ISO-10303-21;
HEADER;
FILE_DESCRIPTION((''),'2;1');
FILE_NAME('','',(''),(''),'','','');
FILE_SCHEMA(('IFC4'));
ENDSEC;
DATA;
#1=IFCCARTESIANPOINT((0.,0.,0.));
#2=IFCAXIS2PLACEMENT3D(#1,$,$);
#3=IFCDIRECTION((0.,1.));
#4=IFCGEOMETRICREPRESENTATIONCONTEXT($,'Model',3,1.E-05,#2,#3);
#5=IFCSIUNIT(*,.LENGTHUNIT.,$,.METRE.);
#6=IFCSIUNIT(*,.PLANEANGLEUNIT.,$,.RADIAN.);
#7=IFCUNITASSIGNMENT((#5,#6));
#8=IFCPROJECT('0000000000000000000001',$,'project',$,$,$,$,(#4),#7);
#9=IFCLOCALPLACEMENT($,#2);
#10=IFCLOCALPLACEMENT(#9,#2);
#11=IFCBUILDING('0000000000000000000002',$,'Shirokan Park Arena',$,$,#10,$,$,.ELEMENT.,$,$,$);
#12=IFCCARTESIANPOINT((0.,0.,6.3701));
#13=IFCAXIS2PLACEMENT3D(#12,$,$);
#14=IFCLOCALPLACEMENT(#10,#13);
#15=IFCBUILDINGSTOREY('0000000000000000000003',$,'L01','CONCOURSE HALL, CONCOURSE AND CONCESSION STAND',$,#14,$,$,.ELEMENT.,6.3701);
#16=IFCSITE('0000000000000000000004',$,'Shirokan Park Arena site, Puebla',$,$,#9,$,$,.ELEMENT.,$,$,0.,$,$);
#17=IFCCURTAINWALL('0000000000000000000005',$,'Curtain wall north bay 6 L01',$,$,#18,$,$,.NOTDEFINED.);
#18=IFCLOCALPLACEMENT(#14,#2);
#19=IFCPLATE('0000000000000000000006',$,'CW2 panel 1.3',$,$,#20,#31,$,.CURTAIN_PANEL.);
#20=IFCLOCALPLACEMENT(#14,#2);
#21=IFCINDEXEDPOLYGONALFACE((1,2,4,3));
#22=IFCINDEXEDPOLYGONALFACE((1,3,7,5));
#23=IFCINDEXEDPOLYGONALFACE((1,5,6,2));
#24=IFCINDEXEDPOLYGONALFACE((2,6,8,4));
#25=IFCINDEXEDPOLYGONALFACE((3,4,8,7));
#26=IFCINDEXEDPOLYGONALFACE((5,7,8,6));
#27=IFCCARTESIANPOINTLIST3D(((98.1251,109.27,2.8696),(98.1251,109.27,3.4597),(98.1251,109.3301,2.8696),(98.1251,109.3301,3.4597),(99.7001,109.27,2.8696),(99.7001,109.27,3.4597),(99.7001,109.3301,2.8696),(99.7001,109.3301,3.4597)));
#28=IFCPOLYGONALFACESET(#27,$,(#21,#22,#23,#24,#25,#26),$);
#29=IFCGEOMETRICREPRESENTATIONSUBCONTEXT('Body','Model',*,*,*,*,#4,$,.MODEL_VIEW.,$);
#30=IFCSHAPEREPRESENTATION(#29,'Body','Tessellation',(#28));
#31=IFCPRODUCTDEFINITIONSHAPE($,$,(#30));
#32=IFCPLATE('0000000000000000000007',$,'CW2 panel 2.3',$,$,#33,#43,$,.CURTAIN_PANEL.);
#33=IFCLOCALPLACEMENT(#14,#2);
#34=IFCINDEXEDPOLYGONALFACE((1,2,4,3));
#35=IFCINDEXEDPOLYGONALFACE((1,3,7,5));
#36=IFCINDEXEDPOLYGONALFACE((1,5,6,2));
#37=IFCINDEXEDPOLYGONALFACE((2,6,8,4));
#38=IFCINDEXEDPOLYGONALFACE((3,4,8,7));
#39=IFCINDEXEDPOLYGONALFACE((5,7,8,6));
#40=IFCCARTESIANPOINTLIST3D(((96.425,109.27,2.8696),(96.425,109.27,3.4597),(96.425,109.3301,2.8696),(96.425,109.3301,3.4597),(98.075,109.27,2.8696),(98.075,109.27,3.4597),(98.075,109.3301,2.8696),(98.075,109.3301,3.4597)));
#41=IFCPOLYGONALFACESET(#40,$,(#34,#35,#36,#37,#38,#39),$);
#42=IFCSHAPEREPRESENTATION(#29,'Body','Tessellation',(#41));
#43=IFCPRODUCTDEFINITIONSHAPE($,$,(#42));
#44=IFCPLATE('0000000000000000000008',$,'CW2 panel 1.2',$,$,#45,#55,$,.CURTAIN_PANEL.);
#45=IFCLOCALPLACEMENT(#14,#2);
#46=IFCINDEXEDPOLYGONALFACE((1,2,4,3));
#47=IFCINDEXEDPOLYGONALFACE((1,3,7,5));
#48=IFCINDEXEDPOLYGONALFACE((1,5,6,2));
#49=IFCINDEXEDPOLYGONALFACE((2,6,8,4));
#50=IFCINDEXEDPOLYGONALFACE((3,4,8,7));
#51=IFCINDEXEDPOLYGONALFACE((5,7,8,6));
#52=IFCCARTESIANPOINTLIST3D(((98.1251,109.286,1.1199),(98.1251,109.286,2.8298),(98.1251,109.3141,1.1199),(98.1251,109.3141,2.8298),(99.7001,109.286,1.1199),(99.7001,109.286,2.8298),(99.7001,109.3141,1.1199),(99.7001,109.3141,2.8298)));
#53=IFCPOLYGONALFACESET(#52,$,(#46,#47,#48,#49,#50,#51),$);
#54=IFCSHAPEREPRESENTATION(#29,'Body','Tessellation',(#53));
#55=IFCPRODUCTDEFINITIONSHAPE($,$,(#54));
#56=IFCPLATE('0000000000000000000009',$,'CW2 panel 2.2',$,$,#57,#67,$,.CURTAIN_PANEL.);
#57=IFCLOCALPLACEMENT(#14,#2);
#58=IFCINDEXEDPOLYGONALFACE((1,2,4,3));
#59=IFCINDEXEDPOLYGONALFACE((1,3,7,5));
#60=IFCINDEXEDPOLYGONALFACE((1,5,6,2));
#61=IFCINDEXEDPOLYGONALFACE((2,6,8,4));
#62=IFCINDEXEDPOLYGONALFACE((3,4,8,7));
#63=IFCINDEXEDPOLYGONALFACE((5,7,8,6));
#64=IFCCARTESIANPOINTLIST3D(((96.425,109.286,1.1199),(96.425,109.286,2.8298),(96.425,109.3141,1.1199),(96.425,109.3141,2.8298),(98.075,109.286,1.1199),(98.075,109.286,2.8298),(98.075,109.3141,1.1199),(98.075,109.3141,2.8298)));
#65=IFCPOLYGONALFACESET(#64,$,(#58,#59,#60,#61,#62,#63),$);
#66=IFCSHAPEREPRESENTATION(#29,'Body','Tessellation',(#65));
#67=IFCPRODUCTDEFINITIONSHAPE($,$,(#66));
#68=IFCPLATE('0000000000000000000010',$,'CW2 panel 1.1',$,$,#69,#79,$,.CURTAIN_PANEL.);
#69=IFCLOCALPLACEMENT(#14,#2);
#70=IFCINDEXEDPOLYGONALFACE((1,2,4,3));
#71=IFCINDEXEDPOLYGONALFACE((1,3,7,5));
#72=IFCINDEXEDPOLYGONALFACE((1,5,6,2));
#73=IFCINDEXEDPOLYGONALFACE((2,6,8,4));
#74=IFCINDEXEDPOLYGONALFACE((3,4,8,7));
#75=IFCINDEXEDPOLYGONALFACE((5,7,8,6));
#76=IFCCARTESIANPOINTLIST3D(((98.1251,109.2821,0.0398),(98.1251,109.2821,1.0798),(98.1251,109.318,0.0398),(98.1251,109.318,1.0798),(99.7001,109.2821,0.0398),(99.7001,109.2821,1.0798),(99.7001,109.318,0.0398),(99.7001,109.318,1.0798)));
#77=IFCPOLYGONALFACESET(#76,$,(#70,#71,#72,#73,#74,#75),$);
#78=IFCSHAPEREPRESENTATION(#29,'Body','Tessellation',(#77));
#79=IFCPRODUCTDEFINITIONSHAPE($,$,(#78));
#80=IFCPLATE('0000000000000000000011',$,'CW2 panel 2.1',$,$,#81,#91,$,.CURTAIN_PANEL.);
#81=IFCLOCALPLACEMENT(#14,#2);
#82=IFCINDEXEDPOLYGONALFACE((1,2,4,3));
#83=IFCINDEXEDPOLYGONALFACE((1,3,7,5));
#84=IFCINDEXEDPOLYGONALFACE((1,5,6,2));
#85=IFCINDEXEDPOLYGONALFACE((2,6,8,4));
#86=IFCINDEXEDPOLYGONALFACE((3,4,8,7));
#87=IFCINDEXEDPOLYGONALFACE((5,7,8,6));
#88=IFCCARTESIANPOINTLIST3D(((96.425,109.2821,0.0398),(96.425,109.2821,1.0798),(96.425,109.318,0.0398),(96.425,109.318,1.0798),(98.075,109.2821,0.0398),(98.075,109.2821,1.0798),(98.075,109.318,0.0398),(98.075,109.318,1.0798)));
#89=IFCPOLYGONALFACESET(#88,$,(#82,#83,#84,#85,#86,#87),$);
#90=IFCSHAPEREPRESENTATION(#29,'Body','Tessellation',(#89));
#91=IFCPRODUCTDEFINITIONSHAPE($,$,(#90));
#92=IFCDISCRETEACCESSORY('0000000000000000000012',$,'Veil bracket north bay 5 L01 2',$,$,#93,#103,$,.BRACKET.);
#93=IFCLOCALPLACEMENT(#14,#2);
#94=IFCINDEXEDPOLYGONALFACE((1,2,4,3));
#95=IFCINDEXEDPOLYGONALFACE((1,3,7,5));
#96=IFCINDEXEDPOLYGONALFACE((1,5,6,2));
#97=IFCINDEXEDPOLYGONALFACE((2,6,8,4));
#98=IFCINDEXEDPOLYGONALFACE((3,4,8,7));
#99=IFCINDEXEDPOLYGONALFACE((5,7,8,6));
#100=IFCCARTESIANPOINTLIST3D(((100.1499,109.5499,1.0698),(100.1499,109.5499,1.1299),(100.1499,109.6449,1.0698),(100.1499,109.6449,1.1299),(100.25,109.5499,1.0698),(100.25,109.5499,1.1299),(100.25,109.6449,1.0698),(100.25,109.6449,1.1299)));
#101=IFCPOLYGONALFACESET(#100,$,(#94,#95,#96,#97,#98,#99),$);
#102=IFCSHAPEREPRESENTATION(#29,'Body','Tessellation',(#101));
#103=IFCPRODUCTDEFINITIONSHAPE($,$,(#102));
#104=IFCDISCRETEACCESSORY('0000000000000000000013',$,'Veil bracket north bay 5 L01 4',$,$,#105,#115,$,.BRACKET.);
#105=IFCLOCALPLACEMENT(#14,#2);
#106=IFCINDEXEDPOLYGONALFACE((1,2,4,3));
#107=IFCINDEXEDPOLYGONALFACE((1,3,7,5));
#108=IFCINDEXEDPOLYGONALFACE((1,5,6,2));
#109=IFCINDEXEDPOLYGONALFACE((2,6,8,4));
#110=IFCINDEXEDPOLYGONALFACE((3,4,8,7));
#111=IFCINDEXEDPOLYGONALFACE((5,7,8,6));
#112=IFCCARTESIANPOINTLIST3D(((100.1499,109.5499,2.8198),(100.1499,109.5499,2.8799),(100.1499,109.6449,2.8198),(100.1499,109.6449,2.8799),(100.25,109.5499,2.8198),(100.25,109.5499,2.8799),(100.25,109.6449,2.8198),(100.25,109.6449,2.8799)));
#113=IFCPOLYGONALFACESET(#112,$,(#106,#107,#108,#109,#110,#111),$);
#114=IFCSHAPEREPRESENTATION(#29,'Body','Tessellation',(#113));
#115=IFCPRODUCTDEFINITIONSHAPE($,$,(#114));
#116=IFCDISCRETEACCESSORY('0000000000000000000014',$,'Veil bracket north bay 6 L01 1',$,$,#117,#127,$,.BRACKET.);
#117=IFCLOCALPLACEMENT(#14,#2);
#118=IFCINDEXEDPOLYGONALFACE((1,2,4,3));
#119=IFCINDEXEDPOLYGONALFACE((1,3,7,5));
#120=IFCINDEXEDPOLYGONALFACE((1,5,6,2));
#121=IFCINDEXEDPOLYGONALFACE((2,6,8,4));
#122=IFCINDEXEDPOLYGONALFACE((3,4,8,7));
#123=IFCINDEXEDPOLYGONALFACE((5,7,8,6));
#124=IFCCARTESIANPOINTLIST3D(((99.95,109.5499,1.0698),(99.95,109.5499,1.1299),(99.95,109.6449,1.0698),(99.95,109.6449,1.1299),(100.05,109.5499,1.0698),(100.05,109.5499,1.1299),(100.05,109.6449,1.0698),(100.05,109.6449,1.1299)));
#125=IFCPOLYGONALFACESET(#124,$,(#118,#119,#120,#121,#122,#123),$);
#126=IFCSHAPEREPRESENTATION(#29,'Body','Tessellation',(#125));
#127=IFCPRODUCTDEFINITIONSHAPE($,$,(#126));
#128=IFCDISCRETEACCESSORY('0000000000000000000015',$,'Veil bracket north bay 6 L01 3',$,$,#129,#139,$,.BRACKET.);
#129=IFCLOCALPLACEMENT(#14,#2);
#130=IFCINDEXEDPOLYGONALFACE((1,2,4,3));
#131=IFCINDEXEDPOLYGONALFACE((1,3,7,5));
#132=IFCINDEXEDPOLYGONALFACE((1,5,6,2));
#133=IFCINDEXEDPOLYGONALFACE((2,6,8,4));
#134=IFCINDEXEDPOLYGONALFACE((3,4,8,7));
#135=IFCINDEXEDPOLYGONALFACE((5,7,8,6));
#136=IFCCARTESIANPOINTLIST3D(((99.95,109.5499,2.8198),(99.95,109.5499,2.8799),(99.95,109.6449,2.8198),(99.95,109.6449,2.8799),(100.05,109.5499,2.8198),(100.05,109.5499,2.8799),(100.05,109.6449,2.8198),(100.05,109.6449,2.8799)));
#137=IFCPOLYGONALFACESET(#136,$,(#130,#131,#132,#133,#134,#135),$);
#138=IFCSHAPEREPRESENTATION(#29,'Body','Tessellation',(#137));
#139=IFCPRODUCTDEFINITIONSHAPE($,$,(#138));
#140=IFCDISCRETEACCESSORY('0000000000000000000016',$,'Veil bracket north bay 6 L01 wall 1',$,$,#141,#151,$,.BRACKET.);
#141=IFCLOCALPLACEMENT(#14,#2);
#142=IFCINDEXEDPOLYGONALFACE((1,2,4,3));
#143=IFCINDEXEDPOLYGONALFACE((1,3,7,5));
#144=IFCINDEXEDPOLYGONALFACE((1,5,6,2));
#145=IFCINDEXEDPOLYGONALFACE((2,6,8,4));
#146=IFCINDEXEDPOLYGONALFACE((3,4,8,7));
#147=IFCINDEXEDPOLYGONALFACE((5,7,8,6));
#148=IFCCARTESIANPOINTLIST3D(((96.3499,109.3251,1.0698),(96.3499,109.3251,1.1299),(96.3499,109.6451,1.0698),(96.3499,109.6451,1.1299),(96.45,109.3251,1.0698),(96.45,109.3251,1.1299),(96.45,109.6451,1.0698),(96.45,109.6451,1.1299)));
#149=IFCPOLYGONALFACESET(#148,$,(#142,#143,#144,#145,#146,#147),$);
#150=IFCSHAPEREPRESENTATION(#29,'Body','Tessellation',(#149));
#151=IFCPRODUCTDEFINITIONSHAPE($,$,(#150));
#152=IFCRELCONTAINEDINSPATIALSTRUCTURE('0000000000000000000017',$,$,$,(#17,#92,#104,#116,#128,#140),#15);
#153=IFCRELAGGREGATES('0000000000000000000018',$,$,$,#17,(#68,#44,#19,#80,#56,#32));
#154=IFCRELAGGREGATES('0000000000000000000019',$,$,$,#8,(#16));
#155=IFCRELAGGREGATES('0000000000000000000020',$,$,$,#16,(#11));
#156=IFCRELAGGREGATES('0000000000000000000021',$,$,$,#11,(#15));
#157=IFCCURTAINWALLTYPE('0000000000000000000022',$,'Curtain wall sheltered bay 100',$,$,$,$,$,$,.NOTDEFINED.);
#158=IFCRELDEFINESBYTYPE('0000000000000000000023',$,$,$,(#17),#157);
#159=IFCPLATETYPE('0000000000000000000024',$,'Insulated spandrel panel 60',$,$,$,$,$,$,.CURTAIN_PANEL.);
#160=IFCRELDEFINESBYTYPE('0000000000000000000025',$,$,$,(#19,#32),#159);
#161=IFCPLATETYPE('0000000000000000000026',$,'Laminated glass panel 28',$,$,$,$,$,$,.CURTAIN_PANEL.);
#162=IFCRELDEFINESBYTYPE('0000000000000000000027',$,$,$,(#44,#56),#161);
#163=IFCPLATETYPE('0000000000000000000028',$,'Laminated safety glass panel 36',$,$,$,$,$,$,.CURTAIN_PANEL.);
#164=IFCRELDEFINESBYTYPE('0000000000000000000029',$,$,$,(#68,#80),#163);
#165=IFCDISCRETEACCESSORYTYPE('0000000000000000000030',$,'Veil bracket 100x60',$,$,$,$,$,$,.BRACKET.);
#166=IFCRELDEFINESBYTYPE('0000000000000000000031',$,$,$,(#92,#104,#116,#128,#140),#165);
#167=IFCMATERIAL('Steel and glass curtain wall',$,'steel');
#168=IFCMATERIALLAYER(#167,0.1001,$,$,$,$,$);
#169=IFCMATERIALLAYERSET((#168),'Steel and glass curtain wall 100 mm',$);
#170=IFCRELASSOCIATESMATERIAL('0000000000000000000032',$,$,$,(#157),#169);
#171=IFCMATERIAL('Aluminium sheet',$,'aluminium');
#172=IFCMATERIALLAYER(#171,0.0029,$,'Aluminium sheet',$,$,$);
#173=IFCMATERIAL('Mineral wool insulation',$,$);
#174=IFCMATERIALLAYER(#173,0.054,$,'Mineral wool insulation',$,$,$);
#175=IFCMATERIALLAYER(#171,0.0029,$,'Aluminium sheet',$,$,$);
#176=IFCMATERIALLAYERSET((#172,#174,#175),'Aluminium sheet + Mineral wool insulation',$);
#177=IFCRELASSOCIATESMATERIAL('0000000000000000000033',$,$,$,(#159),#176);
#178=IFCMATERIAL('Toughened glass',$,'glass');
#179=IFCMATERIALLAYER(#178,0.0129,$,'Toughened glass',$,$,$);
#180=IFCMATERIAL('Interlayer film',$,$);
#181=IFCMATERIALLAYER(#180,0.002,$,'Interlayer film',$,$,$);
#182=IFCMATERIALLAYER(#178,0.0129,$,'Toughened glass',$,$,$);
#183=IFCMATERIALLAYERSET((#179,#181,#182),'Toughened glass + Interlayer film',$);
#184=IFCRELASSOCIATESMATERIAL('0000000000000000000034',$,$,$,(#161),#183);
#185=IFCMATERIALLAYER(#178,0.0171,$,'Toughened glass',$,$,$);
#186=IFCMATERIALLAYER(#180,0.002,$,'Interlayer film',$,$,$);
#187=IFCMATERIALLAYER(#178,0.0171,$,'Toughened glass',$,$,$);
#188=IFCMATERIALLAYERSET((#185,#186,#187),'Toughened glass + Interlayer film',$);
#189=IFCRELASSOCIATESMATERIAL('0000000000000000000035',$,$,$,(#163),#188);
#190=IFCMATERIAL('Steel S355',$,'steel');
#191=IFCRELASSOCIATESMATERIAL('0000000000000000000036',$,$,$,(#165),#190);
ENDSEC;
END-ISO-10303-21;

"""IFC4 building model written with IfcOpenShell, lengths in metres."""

from ifc_helpers import new_model, si_unit, direction, frame, origin, origin_2d, place, context, subcontext, project, spatial, rectangle, extrude, material, layer, layer_set, type_object, element, aggregate, save


model = new_model("IFC4")

# Units and contexts
model_context = context("Model", 3, precision=1e-05, world=origin(), true_north=direction((0.0, 1.0)))
body_context = subcontext(model_context, "Body", "Model", "MODEL_VIEW")
ifc_project = project(units=[si_unit("LENGTHUNIT", "METRE"), si_unit("PLANEANGLEUNIT", "RADIAN")], contexts=[model_context])

# Site, building, storey
site_placement = place(None, origin())
site = spatial("IfcSite", under=ifc_project, at=site_placement, Name="Shirokan Park Arena site, Puebla", CompositionType="ELEMENT", RefElevation=0.0)
building_placement = place(site_placement, origin())
building = spatial("IfcBuilding", under=site, at=building_placement, Name="Shirokan Park Arena", CompositionType="ELEMENT")
storey_placement = place(building_placement, frame((0.0, 0.0, 6.3701)))
storey = spatial("IfcBuildingStorey", under=building, at=storey_placement, Name="L01", Description="CONCOURSE HALL, CONCOURSE AND CONCESSION STAND", CompositionType="ELEMENT", Elevation=6.3701)

# Shared definitions
ifc_material_1 = material(Name="Steel and glass curtain wall", Category="steel")
ifc_layer_1 = layer(ifc_material_1, 0.1001)
ifc_layer_set_1 = layer_set([ifc_layer_1], Name="Steel and glass curtain wall 100 mm")
curtain_wall_type = type_object("IfcCurtainWallType", Name="Curtain wall sheltered bay 100", PredefinedType="NOTDEFINED", material=ifc_layer_set_1)
ifc_material_2 = material(Name="Steel S355", Category="steel")

# Curtain wall, plates
curtain_wall_1_placement = place(storey_placement, origin())
curtain_wall_1 = element("IfcCurtainWall", 1, at=curtain_wall_1_placement, inside=storey, type_object=curtain_wall_type, Name="Curtain wall north bay 6 L01", PredefinedType="NOTDEFINED")
ifc_material_3 = material(Name="Aluminium sheet", Category="aluminium")
ifc_layer_2 = layer(ifc_material_3, 0.0029, Name="Aluminium sheet")
ifc_material_4 = material(Name="Mineral wool insulation")
ifc_layer_3 = layer(ifc_material_4, 0.054, Name="Mineral wool insulation")
ifc_layer_4 = layer(ifc_material_3, 0.0029, Name="Aluminium sheet")
ifc_layer_set_2 = layer_set([ifc_layer_2, ifc_layer_3, ifc_layer_4], Name="Aluminium sheet + Mineral wool insulation")
plate_type_1 = type_object("IfcPlateType", Name="Insulated spandrel panel 60", PredefinedType="CURTAIN_PANEL", material=ifc_layer_set_2)
plate_1_placement = place(storey_placement, frame((98.9126, 109.3, 2.8696), z_axis=(0.0, 0.0, 1.0), x_axis=(-1.0, 0.0, 0.0)))
plate_1 = element("IfcPlate", 2, at=plate_1_placement, type_object=plate_type_1, Name="CW2 panel 1.3", PredefinedType="CURTAIN_PANEL", context=body_context, shape_type="SweptSolid", body=[
    extrude(rectangle(XDim=1.575, YDim=0.0601, at=origin_2d()), origin(), (0.0, 0.0, 1.0), 0.5901),
])
plate_2_placement = place(storey_placement, frame((97.25, 109.3, 2.8696), z_axis=(0.0, 0.0, 1.0), x_axis=(-1.0, 0.0, 0.0)))
plate_2 = element("IfcPlate", 3, at=plate_2_placement, type_object=plate_type_1, Name="CW2 panel 2.3", PredefinedType="CURTAIN_PANEL", context=body_context, shape_type="SweptSolid", body=[
    extrude(rectangle(XDim=1.6499, YDim=0.0601, at=origin_2d()), origin(), (0.0, 0.0, 1.0), 0.5901),
])
ifc_material_5 = material(Name="Toughened glass", Category="glass")
ifc_layer_5 = layer(ifc_material_5, 0.0129, Name="Toughened glass")
ifc_material_6 = material(Name="Interlayer film")
ifc_layer_6 = layer(ifc_material_6, 0.002, Name="Interlayer film")
ifc_layer_7 = layer(ifc_material_5, 0.0129, Name="Toughened glass")
ifc_layer_set_3 = layer_set([ifc_layer_5, ifc_layer_6, ifc_layer_7], Name="Toughened glass + Interlayer film")
plate_type_2 = type_object("IfcPlateType", Name="Laminated glass panel 28", PredefinedType="CURTAIN_PANEL", material=ifc_layer_set_3)
plate_3_placement = place(storey_placement, frame((98.9126, 109.3, 1.1199), z_axis=(0.0, 0.0, 1.0), x_axis=(-1.0, 0.0, 0.0)))
plate_3 = element("IfcPlate", 4, at=plate_3_placement, type_object=plate_type_2, Name="CW2 panel 1.2", PredefinedType="CURTAIN_PANEL", context=body_context, shape_type="SweptSolid", body=[
    extrude(rectangle(XDim=1.575, YDim=0.0281, at=origin_2d()), origin(), (0.0, 0.0, 1.0), 1.71),
])
plate_4_placement = place(storey_placement, frame((97.25, 109.3, 1.1199), z_axis=(0.0, 0.0, 1.0), x_axis=(-1.0, 0.0, 0.0)))
plate_4 = element("IfcPlate", 5, at=plate_4_placement, type_object=plate_type_2, Name="CW2 panel 2.2", PredefinedType="CURTAIN_PANEL", context=body_context, shape_type="SweptSolid", body=[
    extrude(rectangle(XDim=1.6499, YDim=0.0281, at=origin_2d()), origin(), (0.0, 0.0, 1.0), 1.71),
])
ifc_layer_8 = layer(ifc_material_5, 0.0171, Name="Toughened glass")
ifc_layer_9 = layer(ifc_material_6, 0.002, Name="Interlayer film")
ifc_layer_10 = layer(ifc_material_5, 0.0171, Name="Toughened glass")
ifc_layer_set_4 = layer_set([ifc_layer_8, ifc_layer_9, ifc_layer_10], Name="Toughened glass + Interlayer film")
plate_type_3 = type_object("IfcPlateType", Name="Laminated safety glass panel 36", PredefinedType="CURTAIN_PANEL", material=ifc_layer_set_4)
plate_5_placement = place(storey_placement, frame((98.9126, 109.3, 0.0398), z_axis=(0.0, 0.0, 1.0), x_axis=(-1.0, 0.0, 0.0)))
plate_5 = element("IfcPlate", 6, at=plate_5_placement, type_object=plate_type_3, Name="CW2 panel 1.1", PredefinedType="CURTAIN_PANEL", context=body_context, shape_type="SweptSolid", body=[
    extrude(rectangle(XDim=1.575, YDim=0.0359, at=origin_2d()), origin(), (0.0, 0.0, 1.0), 1.04),
])
plate_6_placement = place(storey_placement, frame((97.25, 109.3, 0.0398), z_axis=(0.0, 0.0, 1.0), x_axis=(-1.0, 0.0, 0.0)))
plate_6 = element("IfcPlate", 7, at=plate_6_placement, type_object=plate_type_3, Name="CW2 panel 2.1", PredefinedType="CURTAIN_PANEL", context=body_context, shape_type="SweptSolid", body=[
    extrude(rectangle(XDim=1.6499, YDim=0.0359, at=origin_2d()), origin(), (0.0, 0.0, 1.0), 1.04),
])
aggregate(curtain_wall_1, [plate_5, plate_3, plate_1, plate_6, plate_4, plate_2])

# Discrete accessories
discrete_accessory_type = type_object("IfcDiscreteAccessoryType", Name="Veil bracket 100x60", PredefinedType="BRACKET", material=ifc_material_2)
for number, where, z_axis, x_axis, name in (
    (8, (100.2, 109.5974, 1.0698), (0.0, 0.0, 1.0), (-1.0, 0.0, 0.0), "Veil bracket north bay 5 L01 2"),
    (9, (100.2, 109.5974, 2.8198), (0.0, 0.0, 1.0), (-1.0, 0.0, 0.0), "Veil bracket north bay 5 L01 4"),
    (10, (100.0, 109.5974, 1.0698), (0.0, 0.0, 1.0), (-1.0, 0.0, 0.0), "Veil bracket north bay 6 L01 1"),
    (11, (100.0, 109.5974, 2.8198), (0.0, 0.0, 1.0), (-1.0, 0.0, 0.0), "Veil bracket north bay 6 L01 3"),
):
    element("IfcDiscreteAccessory", number, at=place(storey_placement, frame(where, z_axis=z_axis, x_axis=x_axis)), inside=storey, type_object=discrete_accessory_type, Name=name, PredefinedType="BRACKET", context=body_context, shape_type="SweptSolid", body=[
        extrude(rectangle(XDim=0.1001, YDim=0.095, at=origin_2d()), origin(), (0.0, 0.0, 1.0), 0.0601),
    ])
discrete_accessory_placement = place(storey_placement, frame((96.3999, 109.4851, 1.0698), z_axis=(0.0, 0.0, 1.0), x_axis=(-1.0, 0.0, 0.0)))
element("IfcDiscreteAccessory", 12, at=discrete_accessory_placement, inside=storey, type_object=discrete_accessory_type, Name="Veil bracket north bay 6 L01 wall 1", PredefinedType="BRACKET", context=body_context, shape_type="SweptSolid", body=[
    extrude(rectangle(XDim=0.1001, YDim=0.3201, at=origin_2d()), origin(), (0.0, 0.0, 1.0), 0.0601),
])

save(model, "model.ifc")
